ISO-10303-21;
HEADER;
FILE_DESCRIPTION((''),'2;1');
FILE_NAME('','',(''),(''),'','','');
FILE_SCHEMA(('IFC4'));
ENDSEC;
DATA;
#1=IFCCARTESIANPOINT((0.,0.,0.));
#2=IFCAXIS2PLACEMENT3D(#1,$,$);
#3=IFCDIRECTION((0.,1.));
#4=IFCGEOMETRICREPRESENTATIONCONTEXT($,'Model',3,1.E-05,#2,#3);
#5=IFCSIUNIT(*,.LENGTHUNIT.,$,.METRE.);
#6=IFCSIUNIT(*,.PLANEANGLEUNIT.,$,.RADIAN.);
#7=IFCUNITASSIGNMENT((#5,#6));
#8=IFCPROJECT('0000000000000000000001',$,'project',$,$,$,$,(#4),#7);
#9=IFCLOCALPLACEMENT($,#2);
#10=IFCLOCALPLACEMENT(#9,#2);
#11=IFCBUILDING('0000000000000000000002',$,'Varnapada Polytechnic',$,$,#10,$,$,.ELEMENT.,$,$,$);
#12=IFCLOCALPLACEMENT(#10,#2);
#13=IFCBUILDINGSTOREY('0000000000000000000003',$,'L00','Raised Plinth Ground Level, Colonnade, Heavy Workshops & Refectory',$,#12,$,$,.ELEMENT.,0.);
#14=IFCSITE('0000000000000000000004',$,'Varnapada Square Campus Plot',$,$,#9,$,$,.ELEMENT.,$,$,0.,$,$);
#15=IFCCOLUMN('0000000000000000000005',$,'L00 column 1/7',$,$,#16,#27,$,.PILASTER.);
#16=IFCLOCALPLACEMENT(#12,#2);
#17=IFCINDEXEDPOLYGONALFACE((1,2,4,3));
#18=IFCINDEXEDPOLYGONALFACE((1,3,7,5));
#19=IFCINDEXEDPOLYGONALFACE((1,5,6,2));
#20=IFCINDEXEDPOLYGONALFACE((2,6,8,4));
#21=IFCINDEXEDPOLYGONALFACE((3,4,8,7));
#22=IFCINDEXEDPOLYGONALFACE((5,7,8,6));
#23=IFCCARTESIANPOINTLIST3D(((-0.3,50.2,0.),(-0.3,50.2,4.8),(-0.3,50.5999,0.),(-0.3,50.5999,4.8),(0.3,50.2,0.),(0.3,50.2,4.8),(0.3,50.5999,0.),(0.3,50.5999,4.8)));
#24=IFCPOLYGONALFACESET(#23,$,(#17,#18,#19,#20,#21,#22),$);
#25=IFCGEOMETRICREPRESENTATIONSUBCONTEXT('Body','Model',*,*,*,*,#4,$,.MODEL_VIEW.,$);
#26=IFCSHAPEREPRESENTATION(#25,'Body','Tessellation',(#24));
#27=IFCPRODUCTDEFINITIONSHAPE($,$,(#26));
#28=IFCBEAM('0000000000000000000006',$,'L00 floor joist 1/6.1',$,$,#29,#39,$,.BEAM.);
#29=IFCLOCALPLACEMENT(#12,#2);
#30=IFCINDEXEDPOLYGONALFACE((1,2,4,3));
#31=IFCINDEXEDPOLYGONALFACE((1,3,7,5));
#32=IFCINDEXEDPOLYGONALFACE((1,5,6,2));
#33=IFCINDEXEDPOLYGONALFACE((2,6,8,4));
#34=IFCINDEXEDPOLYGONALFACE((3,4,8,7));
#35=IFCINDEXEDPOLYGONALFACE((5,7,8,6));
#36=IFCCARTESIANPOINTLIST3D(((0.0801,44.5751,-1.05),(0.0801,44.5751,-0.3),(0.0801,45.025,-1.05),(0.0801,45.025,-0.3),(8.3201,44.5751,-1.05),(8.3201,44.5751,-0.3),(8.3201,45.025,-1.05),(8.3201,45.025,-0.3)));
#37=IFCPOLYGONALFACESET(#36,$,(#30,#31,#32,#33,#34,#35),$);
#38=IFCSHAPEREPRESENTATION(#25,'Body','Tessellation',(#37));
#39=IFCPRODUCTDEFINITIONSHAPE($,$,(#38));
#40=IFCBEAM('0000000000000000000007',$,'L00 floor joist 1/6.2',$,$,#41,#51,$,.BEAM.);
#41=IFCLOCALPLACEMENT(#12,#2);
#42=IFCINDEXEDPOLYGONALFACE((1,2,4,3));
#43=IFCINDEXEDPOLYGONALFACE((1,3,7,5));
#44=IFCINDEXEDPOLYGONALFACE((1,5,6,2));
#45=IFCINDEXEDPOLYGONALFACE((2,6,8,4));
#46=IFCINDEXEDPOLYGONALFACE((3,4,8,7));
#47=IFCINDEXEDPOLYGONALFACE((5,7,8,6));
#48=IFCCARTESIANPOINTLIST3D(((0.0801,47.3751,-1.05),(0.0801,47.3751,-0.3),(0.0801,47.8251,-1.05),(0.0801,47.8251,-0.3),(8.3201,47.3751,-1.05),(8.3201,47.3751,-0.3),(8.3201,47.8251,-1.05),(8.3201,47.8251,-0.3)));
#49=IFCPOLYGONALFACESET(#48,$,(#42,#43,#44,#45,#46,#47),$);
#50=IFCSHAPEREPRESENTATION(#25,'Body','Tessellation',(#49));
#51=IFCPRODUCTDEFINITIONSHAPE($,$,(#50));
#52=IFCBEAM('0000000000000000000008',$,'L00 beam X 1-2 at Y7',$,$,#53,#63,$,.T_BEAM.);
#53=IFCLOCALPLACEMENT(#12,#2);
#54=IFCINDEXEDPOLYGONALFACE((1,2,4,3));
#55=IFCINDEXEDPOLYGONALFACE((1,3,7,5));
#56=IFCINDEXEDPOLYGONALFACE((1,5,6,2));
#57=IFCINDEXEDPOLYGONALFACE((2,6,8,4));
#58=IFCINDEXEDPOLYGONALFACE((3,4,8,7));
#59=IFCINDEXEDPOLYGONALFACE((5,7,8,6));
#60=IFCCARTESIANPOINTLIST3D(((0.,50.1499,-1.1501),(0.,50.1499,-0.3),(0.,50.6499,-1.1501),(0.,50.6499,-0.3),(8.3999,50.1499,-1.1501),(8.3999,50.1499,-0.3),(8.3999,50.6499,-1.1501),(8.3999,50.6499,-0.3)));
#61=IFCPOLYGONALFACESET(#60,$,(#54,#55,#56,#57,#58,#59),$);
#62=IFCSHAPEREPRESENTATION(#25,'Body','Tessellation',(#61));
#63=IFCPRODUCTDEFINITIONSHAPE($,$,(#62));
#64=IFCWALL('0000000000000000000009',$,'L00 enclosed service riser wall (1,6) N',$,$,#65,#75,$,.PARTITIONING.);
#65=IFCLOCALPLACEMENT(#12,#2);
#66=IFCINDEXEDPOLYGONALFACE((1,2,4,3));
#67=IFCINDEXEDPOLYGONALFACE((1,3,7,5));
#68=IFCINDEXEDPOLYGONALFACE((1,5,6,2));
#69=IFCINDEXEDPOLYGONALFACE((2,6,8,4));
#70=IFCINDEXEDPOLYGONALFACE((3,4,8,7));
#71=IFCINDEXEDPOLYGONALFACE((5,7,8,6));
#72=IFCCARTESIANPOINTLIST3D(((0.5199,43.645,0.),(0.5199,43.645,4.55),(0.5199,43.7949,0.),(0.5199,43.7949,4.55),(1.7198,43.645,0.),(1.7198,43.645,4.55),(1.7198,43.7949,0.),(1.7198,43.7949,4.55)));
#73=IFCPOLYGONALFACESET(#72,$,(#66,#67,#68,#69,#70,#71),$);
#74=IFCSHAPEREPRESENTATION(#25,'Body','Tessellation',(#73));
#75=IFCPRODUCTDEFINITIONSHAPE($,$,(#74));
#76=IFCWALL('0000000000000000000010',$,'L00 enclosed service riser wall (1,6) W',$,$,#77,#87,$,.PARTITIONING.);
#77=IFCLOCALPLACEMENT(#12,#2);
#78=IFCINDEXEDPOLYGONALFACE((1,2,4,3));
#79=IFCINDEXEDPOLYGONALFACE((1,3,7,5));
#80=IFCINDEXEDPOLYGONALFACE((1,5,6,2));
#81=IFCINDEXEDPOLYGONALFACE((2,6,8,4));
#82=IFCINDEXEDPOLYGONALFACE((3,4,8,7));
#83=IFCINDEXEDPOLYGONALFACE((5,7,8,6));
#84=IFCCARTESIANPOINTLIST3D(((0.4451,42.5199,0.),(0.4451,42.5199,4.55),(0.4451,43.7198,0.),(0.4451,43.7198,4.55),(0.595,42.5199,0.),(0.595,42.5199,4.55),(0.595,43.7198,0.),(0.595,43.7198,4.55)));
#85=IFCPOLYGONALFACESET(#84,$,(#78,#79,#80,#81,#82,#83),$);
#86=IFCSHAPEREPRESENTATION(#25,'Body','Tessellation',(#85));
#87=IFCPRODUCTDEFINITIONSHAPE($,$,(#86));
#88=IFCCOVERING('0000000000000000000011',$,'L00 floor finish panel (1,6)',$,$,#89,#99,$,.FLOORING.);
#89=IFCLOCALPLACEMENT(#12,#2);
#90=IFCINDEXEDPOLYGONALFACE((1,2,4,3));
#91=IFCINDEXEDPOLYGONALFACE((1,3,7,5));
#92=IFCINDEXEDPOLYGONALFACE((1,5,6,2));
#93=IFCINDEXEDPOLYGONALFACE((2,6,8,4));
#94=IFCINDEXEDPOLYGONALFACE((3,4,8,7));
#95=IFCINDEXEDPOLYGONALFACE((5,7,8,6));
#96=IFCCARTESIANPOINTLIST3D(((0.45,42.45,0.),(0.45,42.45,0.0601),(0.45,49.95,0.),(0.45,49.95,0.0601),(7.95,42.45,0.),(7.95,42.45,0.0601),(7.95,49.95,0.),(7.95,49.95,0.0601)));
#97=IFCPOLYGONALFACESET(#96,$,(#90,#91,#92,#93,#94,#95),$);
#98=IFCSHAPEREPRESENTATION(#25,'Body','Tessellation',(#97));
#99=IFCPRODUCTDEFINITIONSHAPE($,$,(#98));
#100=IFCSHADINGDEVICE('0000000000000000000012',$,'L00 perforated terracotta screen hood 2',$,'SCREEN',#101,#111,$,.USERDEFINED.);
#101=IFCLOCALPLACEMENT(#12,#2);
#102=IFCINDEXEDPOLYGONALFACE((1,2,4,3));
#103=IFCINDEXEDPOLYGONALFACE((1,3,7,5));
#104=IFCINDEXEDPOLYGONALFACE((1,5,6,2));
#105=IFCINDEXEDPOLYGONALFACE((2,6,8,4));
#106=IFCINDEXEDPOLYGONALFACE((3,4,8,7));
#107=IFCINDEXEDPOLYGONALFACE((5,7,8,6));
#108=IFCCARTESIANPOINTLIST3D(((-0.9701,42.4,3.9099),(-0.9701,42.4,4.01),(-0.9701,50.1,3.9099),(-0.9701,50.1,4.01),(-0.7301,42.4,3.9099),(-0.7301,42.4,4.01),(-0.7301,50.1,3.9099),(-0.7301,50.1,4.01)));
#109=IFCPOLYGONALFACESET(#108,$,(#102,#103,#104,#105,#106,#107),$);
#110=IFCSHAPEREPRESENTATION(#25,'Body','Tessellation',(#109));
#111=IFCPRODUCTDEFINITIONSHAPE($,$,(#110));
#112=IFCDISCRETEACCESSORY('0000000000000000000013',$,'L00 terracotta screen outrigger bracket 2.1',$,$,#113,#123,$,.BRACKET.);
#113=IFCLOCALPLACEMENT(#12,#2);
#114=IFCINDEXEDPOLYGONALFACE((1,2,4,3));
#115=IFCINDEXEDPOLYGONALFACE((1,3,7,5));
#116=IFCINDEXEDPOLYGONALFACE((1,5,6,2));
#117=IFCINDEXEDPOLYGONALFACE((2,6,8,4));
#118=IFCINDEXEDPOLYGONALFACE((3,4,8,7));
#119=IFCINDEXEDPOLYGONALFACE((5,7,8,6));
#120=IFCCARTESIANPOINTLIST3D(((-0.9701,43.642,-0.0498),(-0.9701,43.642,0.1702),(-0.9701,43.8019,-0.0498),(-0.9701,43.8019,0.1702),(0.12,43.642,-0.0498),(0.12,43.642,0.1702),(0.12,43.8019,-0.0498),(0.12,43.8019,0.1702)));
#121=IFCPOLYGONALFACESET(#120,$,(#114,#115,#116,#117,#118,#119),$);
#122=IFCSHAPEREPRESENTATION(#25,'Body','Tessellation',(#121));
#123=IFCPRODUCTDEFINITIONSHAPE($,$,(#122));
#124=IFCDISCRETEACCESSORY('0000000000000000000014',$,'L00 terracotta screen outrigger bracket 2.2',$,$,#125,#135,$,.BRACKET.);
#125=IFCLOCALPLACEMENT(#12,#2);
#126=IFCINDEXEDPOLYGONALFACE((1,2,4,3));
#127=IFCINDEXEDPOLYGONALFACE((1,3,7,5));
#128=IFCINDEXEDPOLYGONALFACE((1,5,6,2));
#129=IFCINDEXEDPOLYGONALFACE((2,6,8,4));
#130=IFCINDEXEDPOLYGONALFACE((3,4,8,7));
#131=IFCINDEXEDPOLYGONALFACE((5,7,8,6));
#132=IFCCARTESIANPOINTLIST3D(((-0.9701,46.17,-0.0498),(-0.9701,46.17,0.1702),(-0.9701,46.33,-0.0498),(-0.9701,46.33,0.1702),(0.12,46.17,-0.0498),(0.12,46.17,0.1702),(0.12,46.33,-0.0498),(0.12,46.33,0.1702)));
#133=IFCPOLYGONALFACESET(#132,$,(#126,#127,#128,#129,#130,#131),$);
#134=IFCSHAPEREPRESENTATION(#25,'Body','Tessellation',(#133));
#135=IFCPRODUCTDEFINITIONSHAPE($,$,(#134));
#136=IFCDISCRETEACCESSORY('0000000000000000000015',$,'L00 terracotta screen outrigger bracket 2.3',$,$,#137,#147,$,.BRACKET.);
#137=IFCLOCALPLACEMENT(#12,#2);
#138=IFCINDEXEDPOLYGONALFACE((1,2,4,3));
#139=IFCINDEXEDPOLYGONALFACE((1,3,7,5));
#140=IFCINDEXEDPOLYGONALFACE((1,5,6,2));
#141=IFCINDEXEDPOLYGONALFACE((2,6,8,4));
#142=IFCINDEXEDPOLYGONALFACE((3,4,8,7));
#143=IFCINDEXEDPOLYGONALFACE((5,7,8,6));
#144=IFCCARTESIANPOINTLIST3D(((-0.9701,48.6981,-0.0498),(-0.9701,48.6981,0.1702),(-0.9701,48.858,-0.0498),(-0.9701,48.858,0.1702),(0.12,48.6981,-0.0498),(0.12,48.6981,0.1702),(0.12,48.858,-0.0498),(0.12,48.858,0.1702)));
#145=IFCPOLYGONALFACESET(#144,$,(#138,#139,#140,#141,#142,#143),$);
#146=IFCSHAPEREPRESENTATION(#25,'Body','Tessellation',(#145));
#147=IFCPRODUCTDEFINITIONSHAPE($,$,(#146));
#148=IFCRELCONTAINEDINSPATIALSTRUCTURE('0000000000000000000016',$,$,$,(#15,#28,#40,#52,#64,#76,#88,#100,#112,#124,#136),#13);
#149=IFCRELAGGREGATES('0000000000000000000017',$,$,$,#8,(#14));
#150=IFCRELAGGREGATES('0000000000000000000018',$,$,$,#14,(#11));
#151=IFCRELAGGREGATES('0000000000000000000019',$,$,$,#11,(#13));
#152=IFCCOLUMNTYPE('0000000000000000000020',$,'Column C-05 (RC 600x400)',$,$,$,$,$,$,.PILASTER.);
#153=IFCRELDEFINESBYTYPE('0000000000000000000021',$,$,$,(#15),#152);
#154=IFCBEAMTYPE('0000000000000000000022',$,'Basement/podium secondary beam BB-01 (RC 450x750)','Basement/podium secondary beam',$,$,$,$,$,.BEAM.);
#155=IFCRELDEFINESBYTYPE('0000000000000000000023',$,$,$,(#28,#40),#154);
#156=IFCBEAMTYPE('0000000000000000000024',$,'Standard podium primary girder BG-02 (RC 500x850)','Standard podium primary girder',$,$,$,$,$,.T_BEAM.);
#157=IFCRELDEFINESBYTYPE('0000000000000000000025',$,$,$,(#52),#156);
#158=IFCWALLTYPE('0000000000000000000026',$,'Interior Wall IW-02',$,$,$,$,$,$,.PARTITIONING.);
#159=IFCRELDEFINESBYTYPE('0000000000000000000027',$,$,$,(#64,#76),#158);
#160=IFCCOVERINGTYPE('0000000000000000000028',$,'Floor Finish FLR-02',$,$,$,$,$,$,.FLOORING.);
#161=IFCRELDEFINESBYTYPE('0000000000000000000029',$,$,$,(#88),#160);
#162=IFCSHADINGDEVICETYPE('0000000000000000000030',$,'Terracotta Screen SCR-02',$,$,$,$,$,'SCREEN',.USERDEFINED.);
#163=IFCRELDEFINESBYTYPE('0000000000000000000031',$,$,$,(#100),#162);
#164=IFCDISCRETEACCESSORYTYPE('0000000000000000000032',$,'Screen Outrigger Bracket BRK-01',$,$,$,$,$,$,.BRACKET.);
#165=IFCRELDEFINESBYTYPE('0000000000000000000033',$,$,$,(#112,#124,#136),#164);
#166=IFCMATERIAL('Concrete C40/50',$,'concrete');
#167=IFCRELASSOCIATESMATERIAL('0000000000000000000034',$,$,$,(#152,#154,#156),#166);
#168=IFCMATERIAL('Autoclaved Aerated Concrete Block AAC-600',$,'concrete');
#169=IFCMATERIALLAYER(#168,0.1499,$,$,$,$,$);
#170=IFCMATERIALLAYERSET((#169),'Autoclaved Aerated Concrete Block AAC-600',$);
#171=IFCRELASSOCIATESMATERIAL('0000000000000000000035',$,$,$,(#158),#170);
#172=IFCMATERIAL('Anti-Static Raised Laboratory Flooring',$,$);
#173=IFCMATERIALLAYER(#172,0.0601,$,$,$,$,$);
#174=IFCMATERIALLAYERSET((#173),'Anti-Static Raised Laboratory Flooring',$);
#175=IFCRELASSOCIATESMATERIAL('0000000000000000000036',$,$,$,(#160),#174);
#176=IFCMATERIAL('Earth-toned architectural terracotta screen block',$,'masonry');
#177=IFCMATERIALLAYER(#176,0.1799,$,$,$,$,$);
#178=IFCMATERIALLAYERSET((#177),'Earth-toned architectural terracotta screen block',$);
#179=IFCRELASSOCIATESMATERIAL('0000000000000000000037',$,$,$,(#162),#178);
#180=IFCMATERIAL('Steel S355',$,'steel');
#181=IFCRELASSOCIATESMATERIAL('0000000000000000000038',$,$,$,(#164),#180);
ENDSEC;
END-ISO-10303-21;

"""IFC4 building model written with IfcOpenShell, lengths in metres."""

from ifc_helpers import new_model, si_unit, direction, frame, frame_2d, origin, origin_2d, place, context, subcontext, project, spatial, rectangle, extrude, material, layer, layer_set, material_profile, profile_set, type_object, element, save


model = new_model("IFC4")

# Units and contexts
model_context = context("Model", 3, precision=1e-05, world=origin(), true_north=direction((0.0, 1.0)))
body_context = subcontext(model_context, "Body", "Model", "MODEL_VIEW")
ifc_project = project(units=[si_unit("LENGTHUNIT", "METRE"), si_unit("PLANEANGLEUNIT", "RADIAN")], contexts=[model_context])

# Site, building, storey
site_placement = place(None, origin())
site = spatial("IfcSite", under=ifc_project, at=site_placement, Name="Varnapada Square Campus Plot", CompositionType="ELEMENT", RefElevation=0.0)
building_placement = place(site_placement, origin())
building = spatial("IfcBuilding", under=site, at=building_placement, Name="Varnapada Polytechnic", CompositionType="ELEMENT")
storey_placement = place(building_placement, origin())
storey = spatial("IfcBuildingStorey", under=building, at=storey_placement, Name="L00", Description="Raised Plinth Ground Level, Colonnade, Heavy Workshops & Refectory", CompositionType="ELEMENT", Elevation=0.0)

# Column
ifc_material_1 = material(Name="Concrete C40/50", Category="concrete")
ifc_material_profile_1 = material_profile(ifc_material_1, rectangle(XDim=0.6001, YDim=0.3999, at=origin_2d()), Name="RC 600x400")
ifc_profile_set_1 = profile_set([ifc_material_profile_1], Name="Concrete C40/50")
column_type = type_object("IfcColumnType", Name="Column C-05 (RC 600x400)", PredefinedType="PILASTER", material=ifc_profile_set_1)
column_placement = place(storey_placement, frame((0.0, 50.3999, 0.0), z_axis=(0.0, 0.0, 1.0), x_axis=(1.0, 0.0, 0.0)))
element("IfcColumn", 1, at=column_placement, inside=storey, type_object=column_type, Name="L00 column 1/7", PredefinedType="PILASTER", context=body_context, shape_type="SweptSolid", body=[
    extrude(rectangle(XDim=0.6001, YDim=0.3999, at=origin_2d()), origin(), (0.0, 0.0, 1.0), 4.8),
])

# Beams
ifc_material_profile_2 = material_profile(ifc_material_1, rectangle(XDim=0.45, YDim=0.75, at=origin_2d()), Name="RC 450x750")
ifc_profile_set_2 = profile_set([ifc_material_profile_2], Name="Concrete C40/50")
beam_type_1 = type_object("IfcBeamType", Name="Basement/podium secondary beam BB-01 (RC 450x750)", Description="Basement/podium secondary beam", PredefinedType="BEAM", material=ifc_profile_set_2)
for number, where, z_axis, x_axis, name in (
    (2, (0.0801, 44.8, -0.675), (1.0, 0.0, 0.0), (0.0, 1.0, 0.0), "L00 floor joist 1/6.1"),
    (3, (0.0801, 47.6001, -0.675), (1.0, 0.0, 0.0), (0.0, 1.0, 0.0), "L00 floor joist 1/6.2"),
):
    element("IfcBeam", number, at=place(storey_placement, frame(where, z_axis=z_axis, x_axis=x_axis)), inside=storey, type_object=beam_type_1, Name=name, PredefinedType="BEAM", context=body_context, shape_type="SweptSolid", body=[
        extrude(rectangle(XDim=0.45, YDim=0.75, at=origin_2d()), origin(), (0.0, 0.0, 1.0), 8.24),
    ])
ifc_material_profile_3 = material_profile(ifc_material_1, rectangle(XDim=0.5, YDim=0.8501, at=origin_2d()), Name="RC 500x850")
ifc_profile_set_3 = profile_set([ifc_material_profile_3], Name="Concrete C40/50")
beam_type_2 = type_object("IfcBeamType", Name="Standard podium primary girder BG-02 (RC 500x850)", Description="Standard podium primary girder", PredefinedType="T_BEAM", material=ifc_profile_set_3)
beam_placement = place(storey_placement, frame((0.0, 50.3999, -0.7251), z_axis=(1.0, 0.0, 0.0), x_axis=(0.0, 1.0, 0.0)))
element("IfcBeam", 4, at=beam_placement, inside=storey, type_object=beam_type_2, Name="L00 beam X 1-2 at Y7", PredefinedType="T_BEAM", context=body_context, shape_type="SweptSolid", body=[
    extrude(rectangle(XDim=0.5, YDim=0.8501, at=origin_2d()), origin(), (0.0, 0.0, 1.0), 8.3999),
])

# Walls
ifc_material_2 = material(Name="Autoclaved Aerated Concrete Block AAC-600", Category="concrete")
ifc_layer_1 = layer(ifc_material_2, 0.1499)
ifc_layer_set_1 = layer_set([ifc_layer_1], Name="Autoclaved Aerated Concrete Block AAC-600")
wall_type = type_object("IfcWallType", Name="Interior Wall IW-02", PredefinedType="PARTITIONING", material=ifc_layer_set_1)
for number, where, z_axis, x_axis, name in (
    (5, (1.72, 43.72, 0.0), (0.0, 0.0, 1.0), (-1.0, 0.0, 0.0), "L00 enclosed service riser wall (1,6) N"),
    (6, (0.52, 43.72, 0.0), (0.0, 0.0, 1.0), (0.0, -1.0, 0.0), "L00 enclosed service riser wall (1,6) W"),
):
    element("IfcWall", number, at=place(storey_placement, frame(where, z_axis=z_axis, x_axis=x_axis)), inside=storey, type_object=wall_type, Name=name, PredefinedType="PARTITIONING", context=body_context, shape_type="SweptSolid", body=[
        extrude(rectangle(XDim=1.2, YDim=0.1499, at=frame_2d((0.6001, 0.0))), origin(), (0.0, 0.0, 1.0), 4.55),
    ])

# Covering
ifc_material_3 = material(Name="Anti-Static Raised Laboratory Flooring")
ifc_layer_2 = layer(ifc_material_3, 0.0601)
ifc_layer_set_2 = layer_set([ifc_layer_2], Name="Anti-Static Raised Laboratory Flooring")
covering_type = type_object("IfcCoveringType", Name="Floor Finish FLR-02", PredefinedType="FLOORING", material=ifc_layer_set_2)
covering_placement = place(storey_placement, frame((4.2, 46.2, 0.0), z_axis=(0.0, 0.0, 1.0), x_axis=(1.0, 0.0, 0.0)))
element("IfcCovering", 7, at=covering_placement, inside=storey, type_object=covering_type, Name="L00 floor finish panel (1,6)", PredefinedType="FLOORING", context=body_context, shape_type="SweptSolid", body=[
    extrude(rectangle(XDim=7.5, YDim=7.5, at=origin_2d()), origin(), (0.0, 0.0, 1.0), 0.0601),
])

# Shading device
ifc_material_4 = material(Name="Earth-toned architectural terracotta screen block", Category="masonry")
ifc_layer_3 = layer(ifc_material_4, 0.1799)
ifc_layer_set_3 = layer_set([ifc_layer_3], Name="Earth-toned architectural terracotta screen block")
shading_device_type = type_object("IfcShadingDeviceType", Name="Terracotta Screen SCR-02", ElementType="SCREEN", PredefinedType="USERDEFINED", material=ifc_layer_set_3)
shading_device_placement = place(storey_placement, frame((-0.8501, 46.25, 3.9099), z_axis=(0.0, 0.0, 1.0), x_axis=(0.0, 1.0, 0.0)))
element("IfcShadingDevice", 8, at=shading_device_placement, inside=storey, type_object=shading_device_type, Name="L00 perforated terracotta screen hood 2", ObjectType="SCREEN", PredefinedType="USERDEFINED", context=body_context, shape_type="SweptSolid", body=[
    extrude(rectangle(XDim=7.7, YDim=0.24, at=origin_2d()), origin(), (0.0, 0.0, 1.0), 0.1001),
])

# Discrete accessories
ifc_material_5 = material(Name="Steel S355", Category="steel")
discrete_accessory_type = type_object("IfcDiscreteAccessoryType", Name="Screen Outrigger Bracket BRK-01", PredefinedType="BRACKET", material=ifc_material_5)
for number, where, z_axis, x_axis, name in (
    (9, (-0.425, 43.7219, -0.0498), (0.0, 0.0, 1.0), (0.0, 1.0, 0.0), "L00 terracotta screen outrigger bracket 2.1"),
    (10, (-0.425, 46.25, -0.0498), (0.0, 0.0, 1.0), (0.0, 1.0, 0.0), "L00 terracotta screen outrigger bracket 2.2"),
    (11, (-0.425, 48.7781, -0.0498), (0.0, 0.0, 1.0), (0.0, 1.0, 0.0), "L00 terracotta screen outrigger bracket 2.3"),
):
    element("IfcDiscreteAccessory", number, at=place(storey_placement, frame(where, z_axis=z_axis, x_axis=x_axis)), inside=storey, type_object=discrete_accessory_type, Name=name, PredefinedType="BRACKET", context=body_context, shape_type="SweptSolid", body=[
        extrude(rectangle(XDim=0.1599, YDim=1.0901, at=origin_2d()), origin(), (0.0, 0.0, 1.0), 0.22),
    ])

save(model, "model.ifc")
